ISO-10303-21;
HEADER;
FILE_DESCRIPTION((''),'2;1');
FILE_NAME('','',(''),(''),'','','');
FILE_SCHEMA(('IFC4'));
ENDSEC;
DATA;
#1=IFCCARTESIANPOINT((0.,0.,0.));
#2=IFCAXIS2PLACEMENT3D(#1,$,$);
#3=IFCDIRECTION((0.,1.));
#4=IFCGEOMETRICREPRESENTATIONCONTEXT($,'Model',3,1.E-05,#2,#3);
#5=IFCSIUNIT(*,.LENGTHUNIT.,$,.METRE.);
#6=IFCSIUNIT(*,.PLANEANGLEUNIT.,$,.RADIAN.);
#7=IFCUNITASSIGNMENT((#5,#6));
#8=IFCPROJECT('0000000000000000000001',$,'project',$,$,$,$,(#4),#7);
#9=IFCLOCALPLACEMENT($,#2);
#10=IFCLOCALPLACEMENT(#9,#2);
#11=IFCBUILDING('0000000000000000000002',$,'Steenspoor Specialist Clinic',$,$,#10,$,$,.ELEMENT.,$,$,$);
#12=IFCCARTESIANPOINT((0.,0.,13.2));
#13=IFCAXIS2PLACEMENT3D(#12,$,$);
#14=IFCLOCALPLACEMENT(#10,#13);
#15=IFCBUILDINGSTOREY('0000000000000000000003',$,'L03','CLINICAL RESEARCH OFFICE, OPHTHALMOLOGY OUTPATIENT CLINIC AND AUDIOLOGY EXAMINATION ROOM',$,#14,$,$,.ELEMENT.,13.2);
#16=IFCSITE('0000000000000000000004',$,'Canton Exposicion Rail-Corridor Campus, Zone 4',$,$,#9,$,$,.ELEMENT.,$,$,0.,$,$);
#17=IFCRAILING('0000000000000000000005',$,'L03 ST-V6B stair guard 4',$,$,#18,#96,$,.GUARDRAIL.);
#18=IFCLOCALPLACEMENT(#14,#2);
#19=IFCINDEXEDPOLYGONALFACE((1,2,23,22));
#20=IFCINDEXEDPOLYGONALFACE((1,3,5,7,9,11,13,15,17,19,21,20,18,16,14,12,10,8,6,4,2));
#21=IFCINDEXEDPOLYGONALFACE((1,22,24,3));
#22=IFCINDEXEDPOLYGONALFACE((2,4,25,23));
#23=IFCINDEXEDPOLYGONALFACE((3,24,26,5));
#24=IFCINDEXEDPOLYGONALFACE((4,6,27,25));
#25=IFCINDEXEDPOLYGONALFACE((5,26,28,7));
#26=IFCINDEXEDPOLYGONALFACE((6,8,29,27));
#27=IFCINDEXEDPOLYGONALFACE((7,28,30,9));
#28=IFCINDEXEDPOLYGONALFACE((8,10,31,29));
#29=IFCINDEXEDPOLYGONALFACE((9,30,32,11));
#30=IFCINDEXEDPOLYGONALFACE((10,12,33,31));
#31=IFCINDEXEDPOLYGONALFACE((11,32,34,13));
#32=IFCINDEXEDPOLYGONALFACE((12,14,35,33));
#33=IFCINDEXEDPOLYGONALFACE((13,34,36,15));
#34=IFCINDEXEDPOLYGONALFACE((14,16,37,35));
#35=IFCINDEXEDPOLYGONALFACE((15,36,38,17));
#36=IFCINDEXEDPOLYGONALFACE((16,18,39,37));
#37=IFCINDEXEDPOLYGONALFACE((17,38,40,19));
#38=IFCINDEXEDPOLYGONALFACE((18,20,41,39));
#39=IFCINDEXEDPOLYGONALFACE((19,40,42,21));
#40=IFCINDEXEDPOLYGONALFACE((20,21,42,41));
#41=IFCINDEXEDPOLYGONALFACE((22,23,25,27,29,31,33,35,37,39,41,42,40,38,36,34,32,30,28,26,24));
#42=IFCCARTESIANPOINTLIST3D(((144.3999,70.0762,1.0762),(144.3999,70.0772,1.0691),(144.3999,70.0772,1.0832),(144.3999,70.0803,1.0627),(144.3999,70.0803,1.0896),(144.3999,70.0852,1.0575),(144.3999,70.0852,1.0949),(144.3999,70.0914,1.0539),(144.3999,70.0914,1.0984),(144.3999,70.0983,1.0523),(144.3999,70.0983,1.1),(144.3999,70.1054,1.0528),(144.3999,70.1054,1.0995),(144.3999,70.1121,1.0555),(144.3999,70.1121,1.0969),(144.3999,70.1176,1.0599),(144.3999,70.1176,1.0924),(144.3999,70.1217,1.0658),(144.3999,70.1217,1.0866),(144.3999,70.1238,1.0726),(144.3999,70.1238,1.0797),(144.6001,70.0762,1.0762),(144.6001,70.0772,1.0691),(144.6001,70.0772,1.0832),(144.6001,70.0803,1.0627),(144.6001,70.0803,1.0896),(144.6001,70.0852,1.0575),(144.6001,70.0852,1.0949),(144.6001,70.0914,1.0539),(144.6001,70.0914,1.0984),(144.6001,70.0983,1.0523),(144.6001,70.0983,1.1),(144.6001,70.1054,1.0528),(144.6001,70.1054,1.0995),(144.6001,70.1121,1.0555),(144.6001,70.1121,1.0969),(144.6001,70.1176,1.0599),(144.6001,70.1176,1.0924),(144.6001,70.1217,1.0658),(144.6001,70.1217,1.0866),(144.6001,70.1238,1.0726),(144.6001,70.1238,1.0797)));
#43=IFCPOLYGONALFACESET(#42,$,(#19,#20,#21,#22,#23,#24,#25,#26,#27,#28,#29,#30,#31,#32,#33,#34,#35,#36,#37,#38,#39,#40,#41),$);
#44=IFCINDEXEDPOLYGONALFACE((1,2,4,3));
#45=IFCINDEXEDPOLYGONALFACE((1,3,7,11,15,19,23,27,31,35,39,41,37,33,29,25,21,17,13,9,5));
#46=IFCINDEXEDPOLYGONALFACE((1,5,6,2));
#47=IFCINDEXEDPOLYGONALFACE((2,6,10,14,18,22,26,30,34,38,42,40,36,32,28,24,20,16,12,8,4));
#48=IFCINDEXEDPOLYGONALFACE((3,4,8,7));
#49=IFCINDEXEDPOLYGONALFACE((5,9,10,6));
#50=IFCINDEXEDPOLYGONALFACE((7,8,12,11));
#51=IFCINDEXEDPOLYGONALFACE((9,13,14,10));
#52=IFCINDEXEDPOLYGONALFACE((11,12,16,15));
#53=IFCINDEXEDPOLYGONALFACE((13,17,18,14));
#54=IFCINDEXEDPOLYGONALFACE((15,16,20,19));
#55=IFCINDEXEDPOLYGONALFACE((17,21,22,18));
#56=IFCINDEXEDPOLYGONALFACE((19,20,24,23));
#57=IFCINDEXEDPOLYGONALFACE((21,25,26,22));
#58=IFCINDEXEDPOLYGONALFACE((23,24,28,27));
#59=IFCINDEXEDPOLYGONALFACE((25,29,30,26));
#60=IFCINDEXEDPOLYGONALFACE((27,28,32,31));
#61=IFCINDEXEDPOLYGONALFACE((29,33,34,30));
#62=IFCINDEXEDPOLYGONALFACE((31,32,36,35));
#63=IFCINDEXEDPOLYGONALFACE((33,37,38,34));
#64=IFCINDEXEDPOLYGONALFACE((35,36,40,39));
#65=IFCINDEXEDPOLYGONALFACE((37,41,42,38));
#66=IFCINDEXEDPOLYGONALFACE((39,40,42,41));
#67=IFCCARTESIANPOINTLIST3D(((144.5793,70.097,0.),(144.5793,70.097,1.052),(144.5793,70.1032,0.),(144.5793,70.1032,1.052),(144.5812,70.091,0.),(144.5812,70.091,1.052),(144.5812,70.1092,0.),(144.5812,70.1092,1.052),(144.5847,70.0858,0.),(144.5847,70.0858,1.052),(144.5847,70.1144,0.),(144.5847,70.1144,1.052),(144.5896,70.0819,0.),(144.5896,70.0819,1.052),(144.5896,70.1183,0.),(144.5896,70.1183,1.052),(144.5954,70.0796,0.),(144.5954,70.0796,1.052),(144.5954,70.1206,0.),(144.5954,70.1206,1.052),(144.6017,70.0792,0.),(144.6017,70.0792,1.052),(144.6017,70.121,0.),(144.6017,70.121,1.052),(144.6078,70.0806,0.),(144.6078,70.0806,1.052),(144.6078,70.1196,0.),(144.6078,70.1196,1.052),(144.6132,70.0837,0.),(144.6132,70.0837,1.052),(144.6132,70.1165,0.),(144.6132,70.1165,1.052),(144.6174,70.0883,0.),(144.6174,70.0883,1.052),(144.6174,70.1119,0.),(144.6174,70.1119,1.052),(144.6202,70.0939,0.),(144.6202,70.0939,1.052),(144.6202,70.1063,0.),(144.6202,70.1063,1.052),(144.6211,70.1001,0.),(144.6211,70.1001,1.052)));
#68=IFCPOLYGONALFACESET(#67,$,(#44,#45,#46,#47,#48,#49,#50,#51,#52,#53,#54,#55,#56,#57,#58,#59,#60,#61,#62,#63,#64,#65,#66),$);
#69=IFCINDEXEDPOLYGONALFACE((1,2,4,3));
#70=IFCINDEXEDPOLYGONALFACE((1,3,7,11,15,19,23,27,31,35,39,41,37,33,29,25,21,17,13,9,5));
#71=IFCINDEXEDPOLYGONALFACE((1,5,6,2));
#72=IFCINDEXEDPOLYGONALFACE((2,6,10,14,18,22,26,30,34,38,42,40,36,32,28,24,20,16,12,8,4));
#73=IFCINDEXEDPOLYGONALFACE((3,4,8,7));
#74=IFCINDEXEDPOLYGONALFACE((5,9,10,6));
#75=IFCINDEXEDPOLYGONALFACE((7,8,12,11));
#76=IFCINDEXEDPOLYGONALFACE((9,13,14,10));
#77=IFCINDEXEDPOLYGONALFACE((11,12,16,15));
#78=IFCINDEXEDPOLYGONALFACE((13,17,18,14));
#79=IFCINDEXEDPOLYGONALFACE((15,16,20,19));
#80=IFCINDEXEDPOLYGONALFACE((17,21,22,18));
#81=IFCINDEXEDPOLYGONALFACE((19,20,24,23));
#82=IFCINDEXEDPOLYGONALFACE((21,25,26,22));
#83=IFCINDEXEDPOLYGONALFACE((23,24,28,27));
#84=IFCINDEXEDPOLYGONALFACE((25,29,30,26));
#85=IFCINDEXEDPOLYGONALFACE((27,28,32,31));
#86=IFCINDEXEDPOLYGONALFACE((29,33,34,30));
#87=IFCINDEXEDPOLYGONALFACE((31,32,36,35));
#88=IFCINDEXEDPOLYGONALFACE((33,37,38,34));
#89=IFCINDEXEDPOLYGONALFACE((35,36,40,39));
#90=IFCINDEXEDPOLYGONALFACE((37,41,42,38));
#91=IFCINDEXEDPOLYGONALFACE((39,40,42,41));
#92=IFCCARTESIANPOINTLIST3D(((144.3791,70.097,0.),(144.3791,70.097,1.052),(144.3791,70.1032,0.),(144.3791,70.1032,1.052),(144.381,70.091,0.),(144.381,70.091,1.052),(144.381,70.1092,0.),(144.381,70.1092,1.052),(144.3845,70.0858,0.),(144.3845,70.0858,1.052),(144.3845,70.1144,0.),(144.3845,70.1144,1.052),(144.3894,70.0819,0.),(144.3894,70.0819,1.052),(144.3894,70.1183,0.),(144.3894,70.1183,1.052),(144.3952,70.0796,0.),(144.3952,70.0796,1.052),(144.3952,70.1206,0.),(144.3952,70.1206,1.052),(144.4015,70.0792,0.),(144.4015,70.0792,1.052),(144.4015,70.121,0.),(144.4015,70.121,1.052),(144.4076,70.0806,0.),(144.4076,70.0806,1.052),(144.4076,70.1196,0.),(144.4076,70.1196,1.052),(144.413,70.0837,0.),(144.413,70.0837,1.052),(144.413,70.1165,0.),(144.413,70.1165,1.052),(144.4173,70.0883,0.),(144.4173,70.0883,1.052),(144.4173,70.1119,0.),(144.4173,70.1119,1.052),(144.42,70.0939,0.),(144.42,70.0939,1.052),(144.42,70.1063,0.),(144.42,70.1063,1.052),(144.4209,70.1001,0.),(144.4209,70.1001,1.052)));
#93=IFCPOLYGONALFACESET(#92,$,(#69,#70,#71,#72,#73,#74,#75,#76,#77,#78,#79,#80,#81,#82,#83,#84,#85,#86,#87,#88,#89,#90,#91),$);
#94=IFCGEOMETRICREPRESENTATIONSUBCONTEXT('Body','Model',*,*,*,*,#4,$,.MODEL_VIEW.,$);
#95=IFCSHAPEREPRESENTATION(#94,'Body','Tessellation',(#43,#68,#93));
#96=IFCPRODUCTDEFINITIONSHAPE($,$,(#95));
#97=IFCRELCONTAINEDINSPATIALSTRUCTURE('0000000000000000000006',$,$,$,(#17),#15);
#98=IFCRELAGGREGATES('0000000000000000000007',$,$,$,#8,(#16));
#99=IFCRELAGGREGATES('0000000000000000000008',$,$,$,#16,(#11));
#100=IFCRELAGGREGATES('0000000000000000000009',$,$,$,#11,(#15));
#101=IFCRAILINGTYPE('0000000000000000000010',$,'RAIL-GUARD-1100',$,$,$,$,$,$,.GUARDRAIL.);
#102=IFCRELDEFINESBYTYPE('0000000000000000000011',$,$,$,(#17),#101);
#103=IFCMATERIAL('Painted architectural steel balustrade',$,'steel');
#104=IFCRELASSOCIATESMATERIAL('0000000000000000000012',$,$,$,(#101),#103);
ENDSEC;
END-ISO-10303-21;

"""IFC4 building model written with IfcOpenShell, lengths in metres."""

from ifc_helpers import new_model, si_unit, direction, frame, origin, origin_2d, place, context, subcontext, project, spatial, circle, extrude, material, type_object, element, save


model = new_model("IFC4")

# Units and contexts
model_context = context("Model", 3, precision=1e-05, world=origin(), true_north=direction((0.0, 1.0)))
body_context = subcontext(model_context, "Body", "Model", "MODEL_VIEW")
ifc_project = project(units=[si_unit("LENGTHUNIT", "METRE"), si_unit("PLANEANGLEUNIT", "RADIAN")], contexts=[model_context])

# Site, building, storey
site_placement = place(None, origin())
site = spatial("IfcSite", under=ifc_project, at=site_placement, Name="Canton Exposicion Rail-Corridor Campus, Zone 4", CompositionType="ELEMENT", RefElevation=0.0)
building_placement = place(site_placement, origin())
building = spatial("IfcBuilding", under=site, at=building_placement, Name="Steenspoor Specialist Clinic", CompositionType="ELEMENT")
storey_placement = place(building_placement, frame((0.0, 0.0, 13.2)))
storey = spatial("IfcBuildingStorey", under=building, at=storey_placement, Name="L03", Description="CLINICAL RESEARCH OFFICE, OPHTHALMOLOGY OUTPATIENT CLINIC AND AUDIOLOGY EXAMINATION ROOM", CompositionType="ELEMENT", Elevation=13.2)

# Railing
ifc_material_1 = material(Name="Painted architectural steel balustrade", Category="steel")
railing_type_1 = type_object("IfcRailingType", Name="RAIL-GUARD-1100", PredefinedType="GUARDRAIL", material=ifc_material_1)
railing_1_placement = place(storey_placement, frame((144.6001, 70.1001, 0.0)))
element("IfcRailing", 1, at=railing_1_placement, inside=storey, type_object=railing_type_1, Name="L03 ST-V6B stair guard 4", PredefinedType="GUARDRAIL", context=body_context, shape_type="SweptSolid", body=[
    extrude(circle(Radius=0.0239, at=origin_2d()), frame((0.0, 0.0, 1.0762), z_axis=(-1.0, 0.0, 0.0), x_axis=(0.0, -1.0, 0.0)), (0.0, 0.0, 1.0), 0.2002),
    extrude(circle(Radius=0.021, at=origin_2d()), origin(), (0.0, 0.0, 1.0), 1.052),
    extrude(circle(Radius=0.021, at=origin_2d()), frame((-0.2002, 0.0, 0.0)), (0.0, 0.0, 1.0), 1.052),
])

save(model, "model.ifc")
